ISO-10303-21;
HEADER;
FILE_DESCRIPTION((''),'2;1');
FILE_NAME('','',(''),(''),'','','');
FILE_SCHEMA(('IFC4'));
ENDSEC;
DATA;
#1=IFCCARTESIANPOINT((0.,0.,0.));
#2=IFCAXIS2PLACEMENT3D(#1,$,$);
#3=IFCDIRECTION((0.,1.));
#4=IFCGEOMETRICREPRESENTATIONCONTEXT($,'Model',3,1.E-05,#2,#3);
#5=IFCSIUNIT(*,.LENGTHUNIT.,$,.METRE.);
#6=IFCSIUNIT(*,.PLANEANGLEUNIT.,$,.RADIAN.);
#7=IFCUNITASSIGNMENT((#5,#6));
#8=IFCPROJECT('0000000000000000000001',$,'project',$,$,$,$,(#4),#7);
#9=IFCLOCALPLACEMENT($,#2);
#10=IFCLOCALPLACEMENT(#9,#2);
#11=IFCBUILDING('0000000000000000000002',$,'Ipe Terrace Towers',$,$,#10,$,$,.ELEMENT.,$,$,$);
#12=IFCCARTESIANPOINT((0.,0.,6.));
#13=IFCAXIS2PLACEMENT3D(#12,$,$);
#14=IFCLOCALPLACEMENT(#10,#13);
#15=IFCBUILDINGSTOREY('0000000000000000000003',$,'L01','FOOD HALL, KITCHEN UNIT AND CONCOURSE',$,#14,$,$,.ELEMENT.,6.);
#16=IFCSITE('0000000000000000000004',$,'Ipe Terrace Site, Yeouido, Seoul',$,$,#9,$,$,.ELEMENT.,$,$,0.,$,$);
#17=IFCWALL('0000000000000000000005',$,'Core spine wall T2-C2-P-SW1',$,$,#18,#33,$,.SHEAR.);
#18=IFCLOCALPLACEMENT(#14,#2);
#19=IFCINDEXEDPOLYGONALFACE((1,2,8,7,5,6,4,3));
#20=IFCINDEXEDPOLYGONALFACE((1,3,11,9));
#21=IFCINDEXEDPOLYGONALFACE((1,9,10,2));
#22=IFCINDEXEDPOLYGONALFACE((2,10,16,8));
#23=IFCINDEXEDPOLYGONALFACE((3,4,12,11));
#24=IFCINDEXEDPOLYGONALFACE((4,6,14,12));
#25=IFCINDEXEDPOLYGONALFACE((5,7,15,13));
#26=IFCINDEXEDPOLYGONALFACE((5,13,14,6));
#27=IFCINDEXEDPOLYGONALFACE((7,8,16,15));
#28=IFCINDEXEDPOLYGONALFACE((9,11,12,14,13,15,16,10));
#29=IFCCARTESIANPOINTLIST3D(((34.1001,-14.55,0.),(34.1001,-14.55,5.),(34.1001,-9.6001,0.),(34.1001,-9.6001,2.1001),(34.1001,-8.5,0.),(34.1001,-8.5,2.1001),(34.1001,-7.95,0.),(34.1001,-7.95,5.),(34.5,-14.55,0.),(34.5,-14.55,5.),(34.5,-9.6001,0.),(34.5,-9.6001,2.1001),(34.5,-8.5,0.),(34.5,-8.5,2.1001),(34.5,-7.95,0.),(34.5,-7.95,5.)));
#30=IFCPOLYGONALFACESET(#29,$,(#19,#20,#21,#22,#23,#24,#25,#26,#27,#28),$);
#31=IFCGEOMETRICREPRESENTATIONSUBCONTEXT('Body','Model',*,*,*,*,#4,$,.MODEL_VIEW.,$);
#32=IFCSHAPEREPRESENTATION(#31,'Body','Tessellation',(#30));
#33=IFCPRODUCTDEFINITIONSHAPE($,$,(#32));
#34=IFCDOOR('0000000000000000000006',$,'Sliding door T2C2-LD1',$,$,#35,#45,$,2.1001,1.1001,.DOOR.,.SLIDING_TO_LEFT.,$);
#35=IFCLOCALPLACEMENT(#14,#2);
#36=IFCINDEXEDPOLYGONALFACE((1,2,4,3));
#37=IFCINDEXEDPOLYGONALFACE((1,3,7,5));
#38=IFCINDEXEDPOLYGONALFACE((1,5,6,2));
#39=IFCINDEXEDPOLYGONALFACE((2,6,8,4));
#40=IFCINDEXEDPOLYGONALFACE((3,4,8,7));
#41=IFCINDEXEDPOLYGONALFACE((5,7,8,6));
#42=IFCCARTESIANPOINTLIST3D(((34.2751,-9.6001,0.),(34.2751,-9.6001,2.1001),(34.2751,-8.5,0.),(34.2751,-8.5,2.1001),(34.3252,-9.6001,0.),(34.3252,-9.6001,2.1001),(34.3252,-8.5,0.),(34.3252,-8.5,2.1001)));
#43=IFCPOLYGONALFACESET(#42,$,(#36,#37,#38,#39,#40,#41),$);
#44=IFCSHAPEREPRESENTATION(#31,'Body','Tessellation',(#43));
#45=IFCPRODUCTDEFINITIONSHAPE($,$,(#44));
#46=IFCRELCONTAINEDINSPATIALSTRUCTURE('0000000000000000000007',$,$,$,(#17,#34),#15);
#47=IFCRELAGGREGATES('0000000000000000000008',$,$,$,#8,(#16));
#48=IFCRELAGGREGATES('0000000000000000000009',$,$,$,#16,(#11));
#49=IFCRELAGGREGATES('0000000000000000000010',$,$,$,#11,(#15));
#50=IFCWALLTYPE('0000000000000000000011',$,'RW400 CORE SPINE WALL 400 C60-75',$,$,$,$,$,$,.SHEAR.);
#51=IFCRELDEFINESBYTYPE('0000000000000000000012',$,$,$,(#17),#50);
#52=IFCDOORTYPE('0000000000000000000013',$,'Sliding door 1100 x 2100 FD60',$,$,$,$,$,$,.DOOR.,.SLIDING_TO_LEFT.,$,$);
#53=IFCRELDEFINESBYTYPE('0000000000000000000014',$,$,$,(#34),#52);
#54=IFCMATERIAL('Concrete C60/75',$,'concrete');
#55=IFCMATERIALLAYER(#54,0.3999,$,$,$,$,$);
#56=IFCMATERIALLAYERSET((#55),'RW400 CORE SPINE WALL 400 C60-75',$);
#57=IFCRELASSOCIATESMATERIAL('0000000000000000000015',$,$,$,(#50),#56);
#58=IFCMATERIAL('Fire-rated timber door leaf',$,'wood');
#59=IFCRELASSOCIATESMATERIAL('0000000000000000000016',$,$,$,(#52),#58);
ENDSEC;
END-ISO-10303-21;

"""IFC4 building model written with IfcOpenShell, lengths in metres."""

from ifc_helpers import new_model, si_unit, direction, frame, frame_2d, origin, place, context, subcontext, project, spatial, rectangle, extrude, material, layer, layer_set, type_object, element, fill, save


model = new_model("IFC4")

# Units and contexts
model_context = context("Model", 3, precision=1e-05, world=origin(), true_north=direction((0.0, 1.0)))
body_context = subcontext(model_context, "Body", "Model", "MODEL_VIEW")
ifc_project = project(units=[si_unit("LENGTHUNIT", "METRE"), si_unit("PLANEANGLEUNIT", "RADIAN")], contexts=[model_context])

# Site, building, storey
site_placement = place(None, origin())
site = spatial("IfcSite", under=ifc_project, at=site_placement, Name="Ipe Terrace Site, Yeouido, Seoul", CompositionType="ELEMENT", RefElevation=0.0)
building_placement = place(site_placement, origin())
building = spatial("IfcBuilding", under=site, at=building_placement, Name="Ipe Terrace Towers", CompositionType="ELEMENT")
storey_placement = place(building_placement, frame((0.0, 0.0, 6.0)))
storey = spatial("IfcBuildingStorey", under=building, at=storey_placement, Name="L01", Description="FOOD HALL, KITCHEN UNIT AND CONCOURSE", CompositionType="ELEMENT", Elevation=6.0)

# Wall, opening, door
ifc_material_1 = material(Name="Concrete C60/75", Category="concrete")
ifc_layer_1 = layer(ifc_material_1, 0.3999)
ifc_layer_set_1 = layer_set([ifc_layer_1], Name="RW400 CORE SPINE WALL 400 C60-75")
wall_type_1 = type_object("IfcWallType", Name="RW400 CORE SPINE WALL 400 C60-75", PredefinedType="SHEAR", material=ifc_layer_set_1)
wall_1_placement = place(storey_placement, frame((34.3, -14.55, 0.0), z_axis=(0.0, 0.0, 1.0), x_axis=(0.0, 1.0, 0.0)))
wall_1 = element("IfcWall", 1, at=wall_1_placement, inside=storey, type_object=wall_type_1, Name="Core spine wall T2-C2-P-SW1", PredefinedType="SHEAR", context=body_context, shape_type="SweptSolid", body=[
    extrude(rectangle(XDim=6.6001, YDim=0.3999, at=frame_2d((3.3, 0.0))), origin(), (0.0, 0.0, 1.0), 5.0),
])
opening_1_placement = place(wall_1_placement, frame((4.95, 0.0, 0.0)))
opening_1 = element("IfcOpeningElement", 2, at=opening_1_placement, cuts=wall_1, PredefinedType="OPENING", context=body_context, shape_type="SweptSolid", body=[
    extrude(rectangle(XDim=1.1001, YDim=2.1001, at=frame_2d((0.55, 1.05))), frame((0.0, 0.21, 0.0), z_axis=(0.0, -1.0, 0.0), x_axis=(1.0, 0.0, 0.0)), (0.0, 0.0, 1.0), 0.4199),
])
ifc_material_2 = material(Name="Fire-rated timber door leaf", Category="wood")
door_type_1 = type_object("IfcDoorType", Name="Sliding door 1100 x 2100 FD60", OperationType="SLIDING_TO_LEFT", PredefinedType="DOOR", material=ifc_material_2)
door_1_placement = place(opening_1_placement, origin())
door_1 = element("IfcDoor", 3, at=door_1_placement, inside=storey, type_object=door_type_1, Name="Sliding door T2C2-LD1", OperationType="SLIDING_TO_LEFT", OverallHeight=2.1001, OverallWidth=1.1001, PredefinedType="DOOR", context=body_context, shape_type="SweptSolid", body=[
    extrude(rectangle(XDim=1.1001, YDim=2.1001, at=frame_2d((0.55, 1.05))), frame((0.0, 0.0249, 0.0), z_axis=(0.0, -1.0, 0.0), x_axis=(1.0, 0.0, 0.0)), (0.0, 0.0, 1.0), 0.05),
])
fill(opening_1, door_1)

save(model, "model.ifc")
